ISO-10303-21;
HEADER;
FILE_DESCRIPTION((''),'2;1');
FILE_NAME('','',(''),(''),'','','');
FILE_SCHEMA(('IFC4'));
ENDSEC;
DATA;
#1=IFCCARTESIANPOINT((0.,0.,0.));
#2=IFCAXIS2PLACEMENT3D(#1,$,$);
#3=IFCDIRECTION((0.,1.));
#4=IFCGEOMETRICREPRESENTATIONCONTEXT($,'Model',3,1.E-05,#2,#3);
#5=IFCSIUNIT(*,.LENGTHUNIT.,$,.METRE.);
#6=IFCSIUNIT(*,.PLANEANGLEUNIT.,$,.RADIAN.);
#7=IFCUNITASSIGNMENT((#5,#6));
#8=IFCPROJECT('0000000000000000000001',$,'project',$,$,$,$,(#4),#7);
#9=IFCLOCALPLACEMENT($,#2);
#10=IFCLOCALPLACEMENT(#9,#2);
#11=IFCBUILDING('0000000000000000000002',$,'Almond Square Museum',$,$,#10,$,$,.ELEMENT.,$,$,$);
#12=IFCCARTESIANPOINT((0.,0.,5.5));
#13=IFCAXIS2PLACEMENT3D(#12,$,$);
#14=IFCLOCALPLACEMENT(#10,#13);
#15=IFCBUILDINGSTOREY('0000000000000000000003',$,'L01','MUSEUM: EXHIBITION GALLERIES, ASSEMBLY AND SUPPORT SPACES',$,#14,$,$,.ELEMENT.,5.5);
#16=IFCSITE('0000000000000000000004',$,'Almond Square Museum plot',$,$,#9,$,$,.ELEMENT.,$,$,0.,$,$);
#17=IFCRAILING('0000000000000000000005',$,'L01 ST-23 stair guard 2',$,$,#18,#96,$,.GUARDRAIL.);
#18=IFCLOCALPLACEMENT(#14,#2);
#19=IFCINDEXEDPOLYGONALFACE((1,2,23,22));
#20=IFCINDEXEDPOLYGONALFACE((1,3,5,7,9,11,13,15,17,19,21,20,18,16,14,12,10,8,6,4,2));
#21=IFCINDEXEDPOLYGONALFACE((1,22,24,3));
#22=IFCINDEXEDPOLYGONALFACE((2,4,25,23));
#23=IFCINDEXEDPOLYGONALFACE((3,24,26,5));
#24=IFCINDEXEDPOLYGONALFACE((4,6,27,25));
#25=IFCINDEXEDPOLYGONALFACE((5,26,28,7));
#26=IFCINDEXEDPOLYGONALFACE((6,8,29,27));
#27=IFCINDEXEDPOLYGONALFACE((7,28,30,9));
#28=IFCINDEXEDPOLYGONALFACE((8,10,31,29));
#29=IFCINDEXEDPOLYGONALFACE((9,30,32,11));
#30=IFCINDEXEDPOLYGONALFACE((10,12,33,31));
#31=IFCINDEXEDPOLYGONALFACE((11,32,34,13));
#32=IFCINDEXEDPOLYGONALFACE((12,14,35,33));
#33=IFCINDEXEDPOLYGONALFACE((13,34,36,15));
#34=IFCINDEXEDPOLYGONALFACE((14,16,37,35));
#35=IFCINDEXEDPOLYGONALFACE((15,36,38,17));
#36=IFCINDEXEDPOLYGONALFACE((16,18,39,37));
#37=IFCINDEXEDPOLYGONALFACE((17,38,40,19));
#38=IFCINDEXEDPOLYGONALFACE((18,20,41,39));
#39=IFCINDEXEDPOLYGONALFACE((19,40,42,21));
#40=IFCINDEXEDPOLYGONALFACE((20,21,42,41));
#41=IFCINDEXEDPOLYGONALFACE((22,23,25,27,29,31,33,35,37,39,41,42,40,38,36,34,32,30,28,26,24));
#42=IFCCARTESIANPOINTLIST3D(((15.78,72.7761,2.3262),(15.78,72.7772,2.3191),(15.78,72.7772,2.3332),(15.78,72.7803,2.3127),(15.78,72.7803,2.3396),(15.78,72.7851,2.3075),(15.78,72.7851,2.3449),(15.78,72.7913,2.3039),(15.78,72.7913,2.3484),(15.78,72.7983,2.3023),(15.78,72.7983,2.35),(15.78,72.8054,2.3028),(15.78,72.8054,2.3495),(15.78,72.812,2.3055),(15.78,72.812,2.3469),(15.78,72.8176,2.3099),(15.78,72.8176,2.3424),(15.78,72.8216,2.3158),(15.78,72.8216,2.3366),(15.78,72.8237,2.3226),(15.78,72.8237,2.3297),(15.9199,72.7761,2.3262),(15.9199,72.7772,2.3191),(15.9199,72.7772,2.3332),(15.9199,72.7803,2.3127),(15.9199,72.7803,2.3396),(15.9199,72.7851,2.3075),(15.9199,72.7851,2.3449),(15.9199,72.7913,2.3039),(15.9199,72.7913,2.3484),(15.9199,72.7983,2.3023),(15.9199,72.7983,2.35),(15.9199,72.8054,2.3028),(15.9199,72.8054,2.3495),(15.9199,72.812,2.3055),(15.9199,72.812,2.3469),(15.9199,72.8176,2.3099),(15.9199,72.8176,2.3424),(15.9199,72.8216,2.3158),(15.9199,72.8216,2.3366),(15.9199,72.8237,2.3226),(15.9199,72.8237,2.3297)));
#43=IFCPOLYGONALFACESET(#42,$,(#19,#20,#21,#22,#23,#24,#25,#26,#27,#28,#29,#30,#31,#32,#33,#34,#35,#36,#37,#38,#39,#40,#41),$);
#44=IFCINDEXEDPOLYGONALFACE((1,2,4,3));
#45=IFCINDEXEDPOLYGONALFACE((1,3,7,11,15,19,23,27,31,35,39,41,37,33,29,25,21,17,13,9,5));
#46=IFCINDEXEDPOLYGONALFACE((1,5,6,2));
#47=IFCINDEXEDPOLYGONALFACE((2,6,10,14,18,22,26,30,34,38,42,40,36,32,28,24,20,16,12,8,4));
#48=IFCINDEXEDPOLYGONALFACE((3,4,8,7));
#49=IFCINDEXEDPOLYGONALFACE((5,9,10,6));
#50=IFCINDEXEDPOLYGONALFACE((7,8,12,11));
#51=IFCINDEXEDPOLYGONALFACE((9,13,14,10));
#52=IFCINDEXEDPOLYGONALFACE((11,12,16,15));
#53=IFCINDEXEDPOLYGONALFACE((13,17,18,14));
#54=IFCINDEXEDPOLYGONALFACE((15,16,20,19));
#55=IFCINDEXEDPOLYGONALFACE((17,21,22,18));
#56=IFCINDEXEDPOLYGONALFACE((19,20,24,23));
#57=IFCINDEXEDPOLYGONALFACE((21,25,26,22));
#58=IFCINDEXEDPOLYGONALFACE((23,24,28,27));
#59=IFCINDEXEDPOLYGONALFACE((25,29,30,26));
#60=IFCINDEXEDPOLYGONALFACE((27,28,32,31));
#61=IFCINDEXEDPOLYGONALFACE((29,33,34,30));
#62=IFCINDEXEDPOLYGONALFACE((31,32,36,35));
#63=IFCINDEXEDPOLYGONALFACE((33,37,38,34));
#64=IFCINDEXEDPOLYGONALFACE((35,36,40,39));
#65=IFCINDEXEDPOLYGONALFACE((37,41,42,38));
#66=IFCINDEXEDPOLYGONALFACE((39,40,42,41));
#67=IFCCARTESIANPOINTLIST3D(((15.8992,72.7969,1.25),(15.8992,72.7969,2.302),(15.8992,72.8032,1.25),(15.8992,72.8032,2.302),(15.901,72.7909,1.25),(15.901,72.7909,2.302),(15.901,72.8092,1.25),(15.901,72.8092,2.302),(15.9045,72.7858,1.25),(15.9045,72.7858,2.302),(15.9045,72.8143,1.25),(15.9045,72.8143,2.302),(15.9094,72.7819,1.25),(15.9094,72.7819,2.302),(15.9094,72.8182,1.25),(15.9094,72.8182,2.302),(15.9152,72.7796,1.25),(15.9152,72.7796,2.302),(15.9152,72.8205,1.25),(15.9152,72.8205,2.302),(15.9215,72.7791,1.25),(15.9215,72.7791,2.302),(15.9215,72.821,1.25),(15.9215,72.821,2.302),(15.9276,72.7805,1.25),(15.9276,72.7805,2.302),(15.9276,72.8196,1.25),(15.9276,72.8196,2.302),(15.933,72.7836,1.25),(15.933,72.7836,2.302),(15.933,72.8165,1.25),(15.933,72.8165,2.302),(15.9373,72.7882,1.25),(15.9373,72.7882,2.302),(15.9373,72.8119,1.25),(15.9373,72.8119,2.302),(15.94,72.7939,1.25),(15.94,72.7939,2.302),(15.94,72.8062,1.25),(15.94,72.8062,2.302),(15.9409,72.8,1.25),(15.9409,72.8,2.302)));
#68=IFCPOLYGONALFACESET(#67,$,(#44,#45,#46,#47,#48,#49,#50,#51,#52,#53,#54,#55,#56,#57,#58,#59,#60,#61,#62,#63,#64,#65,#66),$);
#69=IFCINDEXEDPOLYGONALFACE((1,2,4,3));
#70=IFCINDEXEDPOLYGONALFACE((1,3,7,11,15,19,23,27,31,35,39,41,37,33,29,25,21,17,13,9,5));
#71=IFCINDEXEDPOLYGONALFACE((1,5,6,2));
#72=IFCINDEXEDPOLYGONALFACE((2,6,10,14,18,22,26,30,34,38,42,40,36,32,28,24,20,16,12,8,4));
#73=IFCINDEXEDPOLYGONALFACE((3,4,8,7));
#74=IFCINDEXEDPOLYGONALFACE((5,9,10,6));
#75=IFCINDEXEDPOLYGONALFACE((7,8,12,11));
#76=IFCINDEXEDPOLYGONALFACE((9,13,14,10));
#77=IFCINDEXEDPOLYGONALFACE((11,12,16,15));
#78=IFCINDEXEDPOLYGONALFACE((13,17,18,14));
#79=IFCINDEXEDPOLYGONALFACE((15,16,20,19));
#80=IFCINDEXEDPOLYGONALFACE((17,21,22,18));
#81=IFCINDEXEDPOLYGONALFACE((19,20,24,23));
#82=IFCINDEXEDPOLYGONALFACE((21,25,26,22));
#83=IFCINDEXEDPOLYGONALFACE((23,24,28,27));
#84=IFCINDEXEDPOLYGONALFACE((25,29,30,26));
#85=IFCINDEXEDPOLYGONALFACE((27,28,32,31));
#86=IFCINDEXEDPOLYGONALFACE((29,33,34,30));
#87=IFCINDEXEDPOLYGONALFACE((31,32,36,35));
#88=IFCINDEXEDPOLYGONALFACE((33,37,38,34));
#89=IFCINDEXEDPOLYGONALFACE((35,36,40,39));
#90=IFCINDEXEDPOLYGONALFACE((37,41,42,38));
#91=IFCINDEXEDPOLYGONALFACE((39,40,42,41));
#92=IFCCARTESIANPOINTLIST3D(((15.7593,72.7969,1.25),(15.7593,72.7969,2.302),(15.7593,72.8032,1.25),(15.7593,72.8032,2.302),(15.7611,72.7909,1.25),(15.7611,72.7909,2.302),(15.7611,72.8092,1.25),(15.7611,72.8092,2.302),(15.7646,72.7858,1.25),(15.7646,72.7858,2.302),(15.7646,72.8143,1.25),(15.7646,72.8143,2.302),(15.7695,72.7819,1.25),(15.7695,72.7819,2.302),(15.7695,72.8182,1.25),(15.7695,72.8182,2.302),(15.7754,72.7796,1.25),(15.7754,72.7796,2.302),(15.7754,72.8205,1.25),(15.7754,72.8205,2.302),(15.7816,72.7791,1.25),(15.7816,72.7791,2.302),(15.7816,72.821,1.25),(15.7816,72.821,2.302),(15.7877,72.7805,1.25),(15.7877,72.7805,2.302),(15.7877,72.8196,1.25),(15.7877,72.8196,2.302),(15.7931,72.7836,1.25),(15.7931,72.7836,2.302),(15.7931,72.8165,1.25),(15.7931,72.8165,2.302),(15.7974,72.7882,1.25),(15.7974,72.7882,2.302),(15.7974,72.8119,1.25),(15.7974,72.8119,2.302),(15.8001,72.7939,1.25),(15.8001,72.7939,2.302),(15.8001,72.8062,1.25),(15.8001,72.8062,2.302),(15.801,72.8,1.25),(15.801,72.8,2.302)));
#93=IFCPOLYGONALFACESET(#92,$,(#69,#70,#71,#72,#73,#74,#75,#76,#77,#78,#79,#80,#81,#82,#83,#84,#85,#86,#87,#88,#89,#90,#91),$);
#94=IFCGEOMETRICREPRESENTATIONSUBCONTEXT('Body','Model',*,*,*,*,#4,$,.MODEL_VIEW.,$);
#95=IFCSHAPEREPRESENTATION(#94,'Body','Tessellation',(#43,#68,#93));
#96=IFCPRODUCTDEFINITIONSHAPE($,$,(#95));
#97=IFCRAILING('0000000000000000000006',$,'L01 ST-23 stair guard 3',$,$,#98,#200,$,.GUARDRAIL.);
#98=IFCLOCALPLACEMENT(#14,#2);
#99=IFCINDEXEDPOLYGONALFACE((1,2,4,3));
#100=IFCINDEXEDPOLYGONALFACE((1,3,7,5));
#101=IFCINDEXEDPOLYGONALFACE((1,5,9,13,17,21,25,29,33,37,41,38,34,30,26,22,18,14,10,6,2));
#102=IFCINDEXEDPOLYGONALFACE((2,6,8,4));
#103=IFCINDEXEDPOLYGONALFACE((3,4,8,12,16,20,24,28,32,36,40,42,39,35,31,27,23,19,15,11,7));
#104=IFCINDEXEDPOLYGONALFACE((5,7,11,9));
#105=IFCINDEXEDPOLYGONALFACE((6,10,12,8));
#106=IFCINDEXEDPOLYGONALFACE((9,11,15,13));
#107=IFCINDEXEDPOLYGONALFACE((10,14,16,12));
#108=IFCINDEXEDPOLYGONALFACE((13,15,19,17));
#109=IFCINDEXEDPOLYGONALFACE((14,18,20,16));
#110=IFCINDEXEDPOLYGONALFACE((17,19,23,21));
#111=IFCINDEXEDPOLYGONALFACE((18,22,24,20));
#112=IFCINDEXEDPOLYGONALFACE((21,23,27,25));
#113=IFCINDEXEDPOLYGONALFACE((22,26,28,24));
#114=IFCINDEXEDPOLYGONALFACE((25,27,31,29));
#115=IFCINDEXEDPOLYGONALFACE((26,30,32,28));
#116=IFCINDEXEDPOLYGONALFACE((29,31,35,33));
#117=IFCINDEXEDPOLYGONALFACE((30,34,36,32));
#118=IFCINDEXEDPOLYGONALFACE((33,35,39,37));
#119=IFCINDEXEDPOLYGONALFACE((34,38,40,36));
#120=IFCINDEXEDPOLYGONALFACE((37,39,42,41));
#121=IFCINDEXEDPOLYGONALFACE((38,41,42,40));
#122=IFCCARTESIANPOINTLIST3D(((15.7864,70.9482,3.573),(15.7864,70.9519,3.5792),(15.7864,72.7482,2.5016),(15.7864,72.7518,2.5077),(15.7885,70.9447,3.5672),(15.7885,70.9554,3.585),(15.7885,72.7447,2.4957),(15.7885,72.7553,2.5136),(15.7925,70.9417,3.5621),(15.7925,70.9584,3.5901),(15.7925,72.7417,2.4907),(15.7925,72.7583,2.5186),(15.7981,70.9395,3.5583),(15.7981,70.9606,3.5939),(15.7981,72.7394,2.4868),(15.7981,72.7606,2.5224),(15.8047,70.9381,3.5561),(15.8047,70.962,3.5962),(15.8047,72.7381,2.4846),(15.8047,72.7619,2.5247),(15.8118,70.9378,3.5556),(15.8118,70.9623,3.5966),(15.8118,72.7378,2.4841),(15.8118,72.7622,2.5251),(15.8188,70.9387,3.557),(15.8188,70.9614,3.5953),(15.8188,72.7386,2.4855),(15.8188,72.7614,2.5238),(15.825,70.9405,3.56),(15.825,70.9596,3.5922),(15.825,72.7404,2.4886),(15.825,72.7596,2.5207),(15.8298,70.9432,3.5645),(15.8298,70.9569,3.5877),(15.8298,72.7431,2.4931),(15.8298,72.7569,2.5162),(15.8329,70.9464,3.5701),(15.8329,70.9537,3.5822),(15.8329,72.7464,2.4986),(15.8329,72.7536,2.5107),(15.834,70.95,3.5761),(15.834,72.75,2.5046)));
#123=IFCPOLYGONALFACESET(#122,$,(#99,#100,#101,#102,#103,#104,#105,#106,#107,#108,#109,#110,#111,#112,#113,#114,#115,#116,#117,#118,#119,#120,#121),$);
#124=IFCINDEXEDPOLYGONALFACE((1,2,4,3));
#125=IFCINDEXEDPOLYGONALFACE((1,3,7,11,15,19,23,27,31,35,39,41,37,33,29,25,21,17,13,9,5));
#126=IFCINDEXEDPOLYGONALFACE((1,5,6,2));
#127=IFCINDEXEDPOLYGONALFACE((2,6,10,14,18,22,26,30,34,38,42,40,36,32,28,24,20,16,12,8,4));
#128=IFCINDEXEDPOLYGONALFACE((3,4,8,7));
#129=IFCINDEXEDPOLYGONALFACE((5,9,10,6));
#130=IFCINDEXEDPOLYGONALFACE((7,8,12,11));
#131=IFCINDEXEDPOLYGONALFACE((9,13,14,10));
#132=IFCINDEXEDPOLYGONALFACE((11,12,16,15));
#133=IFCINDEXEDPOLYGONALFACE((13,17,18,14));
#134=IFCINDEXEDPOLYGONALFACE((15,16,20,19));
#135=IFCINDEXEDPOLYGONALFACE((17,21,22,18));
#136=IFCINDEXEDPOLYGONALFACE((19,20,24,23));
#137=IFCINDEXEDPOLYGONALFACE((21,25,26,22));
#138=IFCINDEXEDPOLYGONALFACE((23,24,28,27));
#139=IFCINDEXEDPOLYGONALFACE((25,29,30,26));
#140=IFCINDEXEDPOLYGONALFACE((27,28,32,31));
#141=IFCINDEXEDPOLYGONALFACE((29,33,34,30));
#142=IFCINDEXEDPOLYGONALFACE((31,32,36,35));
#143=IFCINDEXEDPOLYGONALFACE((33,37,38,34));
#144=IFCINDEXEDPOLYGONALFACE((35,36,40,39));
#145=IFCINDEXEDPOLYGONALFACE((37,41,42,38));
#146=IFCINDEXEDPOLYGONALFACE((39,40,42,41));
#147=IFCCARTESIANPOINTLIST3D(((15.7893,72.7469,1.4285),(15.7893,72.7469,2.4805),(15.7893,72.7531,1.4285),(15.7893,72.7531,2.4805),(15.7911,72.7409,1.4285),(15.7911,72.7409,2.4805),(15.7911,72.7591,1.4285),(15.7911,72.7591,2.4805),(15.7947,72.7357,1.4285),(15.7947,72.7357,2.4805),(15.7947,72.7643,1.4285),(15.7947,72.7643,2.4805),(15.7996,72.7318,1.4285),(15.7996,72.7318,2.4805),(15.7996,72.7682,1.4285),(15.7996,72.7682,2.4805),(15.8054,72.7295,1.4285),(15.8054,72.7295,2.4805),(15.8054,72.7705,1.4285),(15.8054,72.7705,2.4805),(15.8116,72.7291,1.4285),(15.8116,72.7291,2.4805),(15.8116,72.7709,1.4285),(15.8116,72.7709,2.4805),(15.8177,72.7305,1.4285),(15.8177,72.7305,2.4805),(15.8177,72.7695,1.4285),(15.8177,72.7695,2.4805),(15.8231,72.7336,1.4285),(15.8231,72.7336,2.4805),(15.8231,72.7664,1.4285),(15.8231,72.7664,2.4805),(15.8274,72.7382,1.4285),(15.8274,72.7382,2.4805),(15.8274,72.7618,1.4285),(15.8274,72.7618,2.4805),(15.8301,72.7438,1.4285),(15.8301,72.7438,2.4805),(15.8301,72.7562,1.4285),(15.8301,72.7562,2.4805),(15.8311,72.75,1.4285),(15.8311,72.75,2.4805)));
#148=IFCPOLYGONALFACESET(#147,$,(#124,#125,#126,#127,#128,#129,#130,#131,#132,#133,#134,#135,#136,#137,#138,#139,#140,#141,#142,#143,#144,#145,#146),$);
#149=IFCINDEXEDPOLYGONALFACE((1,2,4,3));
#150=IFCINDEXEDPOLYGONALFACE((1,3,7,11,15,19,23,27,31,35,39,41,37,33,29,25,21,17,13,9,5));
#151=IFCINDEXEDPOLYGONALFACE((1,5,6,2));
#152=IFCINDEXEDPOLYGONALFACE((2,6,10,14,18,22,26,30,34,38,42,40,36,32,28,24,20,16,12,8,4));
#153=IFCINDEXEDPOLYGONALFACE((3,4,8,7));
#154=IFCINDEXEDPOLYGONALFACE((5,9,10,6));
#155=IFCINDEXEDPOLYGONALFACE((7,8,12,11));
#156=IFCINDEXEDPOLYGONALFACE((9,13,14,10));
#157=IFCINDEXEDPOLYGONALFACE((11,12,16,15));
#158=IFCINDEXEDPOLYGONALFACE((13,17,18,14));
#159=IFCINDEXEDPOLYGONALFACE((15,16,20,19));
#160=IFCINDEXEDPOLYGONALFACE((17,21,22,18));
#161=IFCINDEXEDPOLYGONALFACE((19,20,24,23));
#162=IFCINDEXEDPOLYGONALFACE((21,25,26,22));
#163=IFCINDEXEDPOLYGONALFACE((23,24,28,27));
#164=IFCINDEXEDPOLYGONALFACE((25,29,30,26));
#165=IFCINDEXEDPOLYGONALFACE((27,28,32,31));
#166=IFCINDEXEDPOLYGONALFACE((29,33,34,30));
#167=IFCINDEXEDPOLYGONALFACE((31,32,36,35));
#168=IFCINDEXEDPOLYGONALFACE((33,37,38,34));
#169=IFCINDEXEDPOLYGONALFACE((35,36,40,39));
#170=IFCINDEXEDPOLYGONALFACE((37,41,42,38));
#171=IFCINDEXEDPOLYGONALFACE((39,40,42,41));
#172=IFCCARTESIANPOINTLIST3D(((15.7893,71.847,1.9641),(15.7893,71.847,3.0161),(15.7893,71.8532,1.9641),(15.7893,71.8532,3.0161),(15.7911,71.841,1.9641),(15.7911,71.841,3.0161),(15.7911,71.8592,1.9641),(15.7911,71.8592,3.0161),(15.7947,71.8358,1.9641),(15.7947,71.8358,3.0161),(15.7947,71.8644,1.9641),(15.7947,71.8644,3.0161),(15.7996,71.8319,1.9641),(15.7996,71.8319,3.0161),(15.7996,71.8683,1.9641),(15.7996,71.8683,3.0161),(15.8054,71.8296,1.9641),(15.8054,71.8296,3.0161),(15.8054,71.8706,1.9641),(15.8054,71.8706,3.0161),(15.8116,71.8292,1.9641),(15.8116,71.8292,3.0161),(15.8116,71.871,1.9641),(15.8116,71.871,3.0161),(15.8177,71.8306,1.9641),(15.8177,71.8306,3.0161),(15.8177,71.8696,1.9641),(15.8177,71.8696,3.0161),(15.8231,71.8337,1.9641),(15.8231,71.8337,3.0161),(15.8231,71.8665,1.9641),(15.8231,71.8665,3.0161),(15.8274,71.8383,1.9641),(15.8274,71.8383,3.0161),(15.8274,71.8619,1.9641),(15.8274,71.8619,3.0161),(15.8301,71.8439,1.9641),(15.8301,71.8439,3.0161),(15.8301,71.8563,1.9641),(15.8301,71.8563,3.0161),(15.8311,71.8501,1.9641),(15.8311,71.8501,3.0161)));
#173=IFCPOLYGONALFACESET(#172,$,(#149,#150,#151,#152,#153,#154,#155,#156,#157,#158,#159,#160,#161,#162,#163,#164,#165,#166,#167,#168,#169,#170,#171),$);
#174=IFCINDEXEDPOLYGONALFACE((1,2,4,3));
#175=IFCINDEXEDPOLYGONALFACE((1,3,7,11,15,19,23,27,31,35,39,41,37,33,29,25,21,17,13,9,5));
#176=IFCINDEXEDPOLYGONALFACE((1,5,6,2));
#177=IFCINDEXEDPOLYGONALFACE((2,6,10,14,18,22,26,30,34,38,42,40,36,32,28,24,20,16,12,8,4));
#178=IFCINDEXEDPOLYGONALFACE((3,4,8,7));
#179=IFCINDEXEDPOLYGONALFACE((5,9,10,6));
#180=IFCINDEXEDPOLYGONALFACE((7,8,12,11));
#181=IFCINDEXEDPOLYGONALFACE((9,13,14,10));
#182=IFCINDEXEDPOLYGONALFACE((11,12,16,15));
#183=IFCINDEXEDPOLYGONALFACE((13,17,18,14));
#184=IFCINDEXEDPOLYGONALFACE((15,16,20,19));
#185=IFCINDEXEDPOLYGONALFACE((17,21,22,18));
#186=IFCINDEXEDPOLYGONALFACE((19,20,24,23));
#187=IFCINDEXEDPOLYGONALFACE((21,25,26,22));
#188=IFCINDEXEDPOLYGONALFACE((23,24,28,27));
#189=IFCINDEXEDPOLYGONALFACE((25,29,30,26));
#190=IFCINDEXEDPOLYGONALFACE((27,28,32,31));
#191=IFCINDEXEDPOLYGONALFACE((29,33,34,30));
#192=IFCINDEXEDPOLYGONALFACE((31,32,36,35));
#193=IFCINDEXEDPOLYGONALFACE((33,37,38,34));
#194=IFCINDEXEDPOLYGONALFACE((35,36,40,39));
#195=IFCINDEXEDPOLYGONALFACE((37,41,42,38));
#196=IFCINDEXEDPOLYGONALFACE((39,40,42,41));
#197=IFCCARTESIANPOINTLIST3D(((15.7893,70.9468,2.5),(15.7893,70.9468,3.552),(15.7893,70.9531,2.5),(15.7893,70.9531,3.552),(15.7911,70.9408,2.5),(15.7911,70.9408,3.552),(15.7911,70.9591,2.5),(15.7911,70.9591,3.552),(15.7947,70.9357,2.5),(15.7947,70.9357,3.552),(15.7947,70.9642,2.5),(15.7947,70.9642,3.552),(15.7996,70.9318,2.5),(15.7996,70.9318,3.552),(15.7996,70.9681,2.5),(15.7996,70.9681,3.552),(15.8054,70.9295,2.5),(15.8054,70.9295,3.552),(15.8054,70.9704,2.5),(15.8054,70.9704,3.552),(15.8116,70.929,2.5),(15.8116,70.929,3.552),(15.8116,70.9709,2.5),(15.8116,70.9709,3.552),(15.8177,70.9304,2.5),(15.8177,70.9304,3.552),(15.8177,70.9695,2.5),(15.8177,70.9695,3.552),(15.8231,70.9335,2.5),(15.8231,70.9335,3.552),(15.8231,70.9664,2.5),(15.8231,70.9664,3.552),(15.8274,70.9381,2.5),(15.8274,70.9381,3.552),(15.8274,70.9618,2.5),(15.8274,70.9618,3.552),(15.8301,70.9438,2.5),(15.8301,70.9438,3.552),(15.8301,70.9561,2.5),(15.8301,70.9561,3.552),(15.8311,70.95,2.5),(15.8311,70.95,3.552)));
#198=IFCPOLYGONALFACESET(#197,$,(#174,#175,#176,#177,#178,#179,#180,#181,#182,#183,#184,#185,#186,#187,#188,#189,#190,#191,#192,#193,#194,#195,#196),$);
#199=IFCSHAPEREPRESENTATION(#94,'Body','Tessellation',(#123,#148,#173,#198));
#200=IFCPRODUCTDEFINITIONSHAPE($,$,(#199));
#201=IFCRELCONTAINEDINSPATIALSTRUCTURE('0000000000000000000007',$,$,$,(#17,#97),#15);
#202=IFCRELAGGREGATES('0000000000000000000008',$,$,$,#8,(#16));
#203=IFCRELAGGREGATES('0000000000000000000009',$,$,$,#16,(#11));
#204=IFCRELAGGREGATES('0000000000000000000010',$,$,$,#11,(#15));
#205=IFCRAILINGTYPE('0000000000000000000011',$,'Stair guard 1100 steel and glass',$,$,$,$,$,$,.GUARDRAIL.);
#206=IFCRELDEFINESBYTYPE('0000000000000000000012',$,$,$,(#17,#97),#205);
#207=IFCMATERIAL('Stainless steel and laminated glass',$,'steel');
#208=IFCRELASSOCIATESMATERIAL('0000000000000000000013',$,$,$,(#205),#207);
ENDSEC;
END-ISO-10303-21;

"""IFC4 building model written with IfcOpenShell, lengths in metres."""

from ifc_helpers import new_model, si_unit, direction, frame, origin, origin_2d, place, context, subcontext, project, spatial, circle, extrude, material, type_object, element, save


model = new_model("IFC4")

# Units and contexts
model_context = context("Model", 3, precision=1e-05, world=origin(), true_north=direction((0.0, 1.0)))
body_context = subcontext(model_context, "Body", "Model", "MODEL_VIEW")
ifc_project = project(units=[si_unit("LENGTHUNIT", "METRE"), si_unit("PLANEANGLEUNIT", "RADIAN")], contexts=[model_context])

# Site, building, storey
site_placement = place(None, origin())
site = spatial("IfcSite", under=ifc_project, at=site_placement, Name="Almond Square Museum plot", CompositionType="ELEMENT", RefElevation=0.0)
building_placement = place(site_placement, origin())
building = spatial("IfcBuilding", under=site, at=building_placement, Name="Almond Square Museum", CompositionType="ELEMENT")
storey_placement = place(building_placement, frame((0.0, 0.0, 5.5)))
storey = spatial("IfcBuildingStorey", under=building, at=storey_placement, Name="L01", Description="MUSEUM: EXHIBITION GALLERIES, ASSEMBLY AND SUPPORT SPACES", CompositionType="ELEMENT", Elevation=5.5)

# Railings
ifc_material_1 = material(Name="Stainless steel and laminated glass", Category="steel")
railing_type_1 = type_object("IfcRailingType", Name="Stair guard 1100 steel and glass", PredefinedType="GUARDRAIL", material=ifc_material_1)
railing_1_placement = place(storey_placement, frame((15.9199, 72.8, 1.25)))
element("IfcRailing", 1, at=railing_1_placement, inside=storey, type_object=railing_type_1, Name="L01 ST-23 stair guard 2", PredefinedType="GUARDRAIL", context=body_context, shape_type="SweptSolid", body=[
    extrude(circle(Radius=0.0239, at=origin_2d()), frame((0.0, 0.0, 1.0762), z_axis=(-1.0, 0.0, 0.0), x_axis=(0.0, -1.0, 0.0)), (0.0, 0.0, 1.0), 0.1399),
    extrude(circle(Radius=0.021, at=origin_2d()), origin(), (0.0, 0.0, 1.0), 1.052),
    extrude(circle(Radius=0.021, at=origin_2d()), frame((-0.1399, 0.0, 0.0)), (0.0, 0.0, 1.0), 1.052),
])
railing_2_placement = place(storey_placement, frame((15.8101, 72.75, 1.4285)))
element("IfcRailing", 2, at=railing_2_placement, inside=storey, type_object=railing_type_1, Name="L01 ST-23 stair guard 3", PredefinedType="GUARDRAIL", context=body_context, shape_type="SweptSolid", body=[
    extrude(circle(Radius=0.0239, at=origin_2d()), frame((0.0, 0.0, 1.0762), z_axis=(0.0, -0.859277, 0.51151), x_axis=(1.0, 0.0, 0.0)), (0.0, 0.0, 1.0), 2.0947),
    extrude(circle(Radius=0.021, at=origin_2d()), origin(), (0.0, 0.0, 1.0), 1.052),
    extrude(circle(Radius=0.021, at=origin_2d()), frame((0.0, -0.8999, 0.5356)), (0.0, 0.0, 1.0), 1.052),
    extrude(circle(Radius=0.021, at=origin_2d()), frame((0.0, -1.8, 1.0715)), (0.0, 0.0, 1.0), 1.052),
])

save(model, "model.ifc")
